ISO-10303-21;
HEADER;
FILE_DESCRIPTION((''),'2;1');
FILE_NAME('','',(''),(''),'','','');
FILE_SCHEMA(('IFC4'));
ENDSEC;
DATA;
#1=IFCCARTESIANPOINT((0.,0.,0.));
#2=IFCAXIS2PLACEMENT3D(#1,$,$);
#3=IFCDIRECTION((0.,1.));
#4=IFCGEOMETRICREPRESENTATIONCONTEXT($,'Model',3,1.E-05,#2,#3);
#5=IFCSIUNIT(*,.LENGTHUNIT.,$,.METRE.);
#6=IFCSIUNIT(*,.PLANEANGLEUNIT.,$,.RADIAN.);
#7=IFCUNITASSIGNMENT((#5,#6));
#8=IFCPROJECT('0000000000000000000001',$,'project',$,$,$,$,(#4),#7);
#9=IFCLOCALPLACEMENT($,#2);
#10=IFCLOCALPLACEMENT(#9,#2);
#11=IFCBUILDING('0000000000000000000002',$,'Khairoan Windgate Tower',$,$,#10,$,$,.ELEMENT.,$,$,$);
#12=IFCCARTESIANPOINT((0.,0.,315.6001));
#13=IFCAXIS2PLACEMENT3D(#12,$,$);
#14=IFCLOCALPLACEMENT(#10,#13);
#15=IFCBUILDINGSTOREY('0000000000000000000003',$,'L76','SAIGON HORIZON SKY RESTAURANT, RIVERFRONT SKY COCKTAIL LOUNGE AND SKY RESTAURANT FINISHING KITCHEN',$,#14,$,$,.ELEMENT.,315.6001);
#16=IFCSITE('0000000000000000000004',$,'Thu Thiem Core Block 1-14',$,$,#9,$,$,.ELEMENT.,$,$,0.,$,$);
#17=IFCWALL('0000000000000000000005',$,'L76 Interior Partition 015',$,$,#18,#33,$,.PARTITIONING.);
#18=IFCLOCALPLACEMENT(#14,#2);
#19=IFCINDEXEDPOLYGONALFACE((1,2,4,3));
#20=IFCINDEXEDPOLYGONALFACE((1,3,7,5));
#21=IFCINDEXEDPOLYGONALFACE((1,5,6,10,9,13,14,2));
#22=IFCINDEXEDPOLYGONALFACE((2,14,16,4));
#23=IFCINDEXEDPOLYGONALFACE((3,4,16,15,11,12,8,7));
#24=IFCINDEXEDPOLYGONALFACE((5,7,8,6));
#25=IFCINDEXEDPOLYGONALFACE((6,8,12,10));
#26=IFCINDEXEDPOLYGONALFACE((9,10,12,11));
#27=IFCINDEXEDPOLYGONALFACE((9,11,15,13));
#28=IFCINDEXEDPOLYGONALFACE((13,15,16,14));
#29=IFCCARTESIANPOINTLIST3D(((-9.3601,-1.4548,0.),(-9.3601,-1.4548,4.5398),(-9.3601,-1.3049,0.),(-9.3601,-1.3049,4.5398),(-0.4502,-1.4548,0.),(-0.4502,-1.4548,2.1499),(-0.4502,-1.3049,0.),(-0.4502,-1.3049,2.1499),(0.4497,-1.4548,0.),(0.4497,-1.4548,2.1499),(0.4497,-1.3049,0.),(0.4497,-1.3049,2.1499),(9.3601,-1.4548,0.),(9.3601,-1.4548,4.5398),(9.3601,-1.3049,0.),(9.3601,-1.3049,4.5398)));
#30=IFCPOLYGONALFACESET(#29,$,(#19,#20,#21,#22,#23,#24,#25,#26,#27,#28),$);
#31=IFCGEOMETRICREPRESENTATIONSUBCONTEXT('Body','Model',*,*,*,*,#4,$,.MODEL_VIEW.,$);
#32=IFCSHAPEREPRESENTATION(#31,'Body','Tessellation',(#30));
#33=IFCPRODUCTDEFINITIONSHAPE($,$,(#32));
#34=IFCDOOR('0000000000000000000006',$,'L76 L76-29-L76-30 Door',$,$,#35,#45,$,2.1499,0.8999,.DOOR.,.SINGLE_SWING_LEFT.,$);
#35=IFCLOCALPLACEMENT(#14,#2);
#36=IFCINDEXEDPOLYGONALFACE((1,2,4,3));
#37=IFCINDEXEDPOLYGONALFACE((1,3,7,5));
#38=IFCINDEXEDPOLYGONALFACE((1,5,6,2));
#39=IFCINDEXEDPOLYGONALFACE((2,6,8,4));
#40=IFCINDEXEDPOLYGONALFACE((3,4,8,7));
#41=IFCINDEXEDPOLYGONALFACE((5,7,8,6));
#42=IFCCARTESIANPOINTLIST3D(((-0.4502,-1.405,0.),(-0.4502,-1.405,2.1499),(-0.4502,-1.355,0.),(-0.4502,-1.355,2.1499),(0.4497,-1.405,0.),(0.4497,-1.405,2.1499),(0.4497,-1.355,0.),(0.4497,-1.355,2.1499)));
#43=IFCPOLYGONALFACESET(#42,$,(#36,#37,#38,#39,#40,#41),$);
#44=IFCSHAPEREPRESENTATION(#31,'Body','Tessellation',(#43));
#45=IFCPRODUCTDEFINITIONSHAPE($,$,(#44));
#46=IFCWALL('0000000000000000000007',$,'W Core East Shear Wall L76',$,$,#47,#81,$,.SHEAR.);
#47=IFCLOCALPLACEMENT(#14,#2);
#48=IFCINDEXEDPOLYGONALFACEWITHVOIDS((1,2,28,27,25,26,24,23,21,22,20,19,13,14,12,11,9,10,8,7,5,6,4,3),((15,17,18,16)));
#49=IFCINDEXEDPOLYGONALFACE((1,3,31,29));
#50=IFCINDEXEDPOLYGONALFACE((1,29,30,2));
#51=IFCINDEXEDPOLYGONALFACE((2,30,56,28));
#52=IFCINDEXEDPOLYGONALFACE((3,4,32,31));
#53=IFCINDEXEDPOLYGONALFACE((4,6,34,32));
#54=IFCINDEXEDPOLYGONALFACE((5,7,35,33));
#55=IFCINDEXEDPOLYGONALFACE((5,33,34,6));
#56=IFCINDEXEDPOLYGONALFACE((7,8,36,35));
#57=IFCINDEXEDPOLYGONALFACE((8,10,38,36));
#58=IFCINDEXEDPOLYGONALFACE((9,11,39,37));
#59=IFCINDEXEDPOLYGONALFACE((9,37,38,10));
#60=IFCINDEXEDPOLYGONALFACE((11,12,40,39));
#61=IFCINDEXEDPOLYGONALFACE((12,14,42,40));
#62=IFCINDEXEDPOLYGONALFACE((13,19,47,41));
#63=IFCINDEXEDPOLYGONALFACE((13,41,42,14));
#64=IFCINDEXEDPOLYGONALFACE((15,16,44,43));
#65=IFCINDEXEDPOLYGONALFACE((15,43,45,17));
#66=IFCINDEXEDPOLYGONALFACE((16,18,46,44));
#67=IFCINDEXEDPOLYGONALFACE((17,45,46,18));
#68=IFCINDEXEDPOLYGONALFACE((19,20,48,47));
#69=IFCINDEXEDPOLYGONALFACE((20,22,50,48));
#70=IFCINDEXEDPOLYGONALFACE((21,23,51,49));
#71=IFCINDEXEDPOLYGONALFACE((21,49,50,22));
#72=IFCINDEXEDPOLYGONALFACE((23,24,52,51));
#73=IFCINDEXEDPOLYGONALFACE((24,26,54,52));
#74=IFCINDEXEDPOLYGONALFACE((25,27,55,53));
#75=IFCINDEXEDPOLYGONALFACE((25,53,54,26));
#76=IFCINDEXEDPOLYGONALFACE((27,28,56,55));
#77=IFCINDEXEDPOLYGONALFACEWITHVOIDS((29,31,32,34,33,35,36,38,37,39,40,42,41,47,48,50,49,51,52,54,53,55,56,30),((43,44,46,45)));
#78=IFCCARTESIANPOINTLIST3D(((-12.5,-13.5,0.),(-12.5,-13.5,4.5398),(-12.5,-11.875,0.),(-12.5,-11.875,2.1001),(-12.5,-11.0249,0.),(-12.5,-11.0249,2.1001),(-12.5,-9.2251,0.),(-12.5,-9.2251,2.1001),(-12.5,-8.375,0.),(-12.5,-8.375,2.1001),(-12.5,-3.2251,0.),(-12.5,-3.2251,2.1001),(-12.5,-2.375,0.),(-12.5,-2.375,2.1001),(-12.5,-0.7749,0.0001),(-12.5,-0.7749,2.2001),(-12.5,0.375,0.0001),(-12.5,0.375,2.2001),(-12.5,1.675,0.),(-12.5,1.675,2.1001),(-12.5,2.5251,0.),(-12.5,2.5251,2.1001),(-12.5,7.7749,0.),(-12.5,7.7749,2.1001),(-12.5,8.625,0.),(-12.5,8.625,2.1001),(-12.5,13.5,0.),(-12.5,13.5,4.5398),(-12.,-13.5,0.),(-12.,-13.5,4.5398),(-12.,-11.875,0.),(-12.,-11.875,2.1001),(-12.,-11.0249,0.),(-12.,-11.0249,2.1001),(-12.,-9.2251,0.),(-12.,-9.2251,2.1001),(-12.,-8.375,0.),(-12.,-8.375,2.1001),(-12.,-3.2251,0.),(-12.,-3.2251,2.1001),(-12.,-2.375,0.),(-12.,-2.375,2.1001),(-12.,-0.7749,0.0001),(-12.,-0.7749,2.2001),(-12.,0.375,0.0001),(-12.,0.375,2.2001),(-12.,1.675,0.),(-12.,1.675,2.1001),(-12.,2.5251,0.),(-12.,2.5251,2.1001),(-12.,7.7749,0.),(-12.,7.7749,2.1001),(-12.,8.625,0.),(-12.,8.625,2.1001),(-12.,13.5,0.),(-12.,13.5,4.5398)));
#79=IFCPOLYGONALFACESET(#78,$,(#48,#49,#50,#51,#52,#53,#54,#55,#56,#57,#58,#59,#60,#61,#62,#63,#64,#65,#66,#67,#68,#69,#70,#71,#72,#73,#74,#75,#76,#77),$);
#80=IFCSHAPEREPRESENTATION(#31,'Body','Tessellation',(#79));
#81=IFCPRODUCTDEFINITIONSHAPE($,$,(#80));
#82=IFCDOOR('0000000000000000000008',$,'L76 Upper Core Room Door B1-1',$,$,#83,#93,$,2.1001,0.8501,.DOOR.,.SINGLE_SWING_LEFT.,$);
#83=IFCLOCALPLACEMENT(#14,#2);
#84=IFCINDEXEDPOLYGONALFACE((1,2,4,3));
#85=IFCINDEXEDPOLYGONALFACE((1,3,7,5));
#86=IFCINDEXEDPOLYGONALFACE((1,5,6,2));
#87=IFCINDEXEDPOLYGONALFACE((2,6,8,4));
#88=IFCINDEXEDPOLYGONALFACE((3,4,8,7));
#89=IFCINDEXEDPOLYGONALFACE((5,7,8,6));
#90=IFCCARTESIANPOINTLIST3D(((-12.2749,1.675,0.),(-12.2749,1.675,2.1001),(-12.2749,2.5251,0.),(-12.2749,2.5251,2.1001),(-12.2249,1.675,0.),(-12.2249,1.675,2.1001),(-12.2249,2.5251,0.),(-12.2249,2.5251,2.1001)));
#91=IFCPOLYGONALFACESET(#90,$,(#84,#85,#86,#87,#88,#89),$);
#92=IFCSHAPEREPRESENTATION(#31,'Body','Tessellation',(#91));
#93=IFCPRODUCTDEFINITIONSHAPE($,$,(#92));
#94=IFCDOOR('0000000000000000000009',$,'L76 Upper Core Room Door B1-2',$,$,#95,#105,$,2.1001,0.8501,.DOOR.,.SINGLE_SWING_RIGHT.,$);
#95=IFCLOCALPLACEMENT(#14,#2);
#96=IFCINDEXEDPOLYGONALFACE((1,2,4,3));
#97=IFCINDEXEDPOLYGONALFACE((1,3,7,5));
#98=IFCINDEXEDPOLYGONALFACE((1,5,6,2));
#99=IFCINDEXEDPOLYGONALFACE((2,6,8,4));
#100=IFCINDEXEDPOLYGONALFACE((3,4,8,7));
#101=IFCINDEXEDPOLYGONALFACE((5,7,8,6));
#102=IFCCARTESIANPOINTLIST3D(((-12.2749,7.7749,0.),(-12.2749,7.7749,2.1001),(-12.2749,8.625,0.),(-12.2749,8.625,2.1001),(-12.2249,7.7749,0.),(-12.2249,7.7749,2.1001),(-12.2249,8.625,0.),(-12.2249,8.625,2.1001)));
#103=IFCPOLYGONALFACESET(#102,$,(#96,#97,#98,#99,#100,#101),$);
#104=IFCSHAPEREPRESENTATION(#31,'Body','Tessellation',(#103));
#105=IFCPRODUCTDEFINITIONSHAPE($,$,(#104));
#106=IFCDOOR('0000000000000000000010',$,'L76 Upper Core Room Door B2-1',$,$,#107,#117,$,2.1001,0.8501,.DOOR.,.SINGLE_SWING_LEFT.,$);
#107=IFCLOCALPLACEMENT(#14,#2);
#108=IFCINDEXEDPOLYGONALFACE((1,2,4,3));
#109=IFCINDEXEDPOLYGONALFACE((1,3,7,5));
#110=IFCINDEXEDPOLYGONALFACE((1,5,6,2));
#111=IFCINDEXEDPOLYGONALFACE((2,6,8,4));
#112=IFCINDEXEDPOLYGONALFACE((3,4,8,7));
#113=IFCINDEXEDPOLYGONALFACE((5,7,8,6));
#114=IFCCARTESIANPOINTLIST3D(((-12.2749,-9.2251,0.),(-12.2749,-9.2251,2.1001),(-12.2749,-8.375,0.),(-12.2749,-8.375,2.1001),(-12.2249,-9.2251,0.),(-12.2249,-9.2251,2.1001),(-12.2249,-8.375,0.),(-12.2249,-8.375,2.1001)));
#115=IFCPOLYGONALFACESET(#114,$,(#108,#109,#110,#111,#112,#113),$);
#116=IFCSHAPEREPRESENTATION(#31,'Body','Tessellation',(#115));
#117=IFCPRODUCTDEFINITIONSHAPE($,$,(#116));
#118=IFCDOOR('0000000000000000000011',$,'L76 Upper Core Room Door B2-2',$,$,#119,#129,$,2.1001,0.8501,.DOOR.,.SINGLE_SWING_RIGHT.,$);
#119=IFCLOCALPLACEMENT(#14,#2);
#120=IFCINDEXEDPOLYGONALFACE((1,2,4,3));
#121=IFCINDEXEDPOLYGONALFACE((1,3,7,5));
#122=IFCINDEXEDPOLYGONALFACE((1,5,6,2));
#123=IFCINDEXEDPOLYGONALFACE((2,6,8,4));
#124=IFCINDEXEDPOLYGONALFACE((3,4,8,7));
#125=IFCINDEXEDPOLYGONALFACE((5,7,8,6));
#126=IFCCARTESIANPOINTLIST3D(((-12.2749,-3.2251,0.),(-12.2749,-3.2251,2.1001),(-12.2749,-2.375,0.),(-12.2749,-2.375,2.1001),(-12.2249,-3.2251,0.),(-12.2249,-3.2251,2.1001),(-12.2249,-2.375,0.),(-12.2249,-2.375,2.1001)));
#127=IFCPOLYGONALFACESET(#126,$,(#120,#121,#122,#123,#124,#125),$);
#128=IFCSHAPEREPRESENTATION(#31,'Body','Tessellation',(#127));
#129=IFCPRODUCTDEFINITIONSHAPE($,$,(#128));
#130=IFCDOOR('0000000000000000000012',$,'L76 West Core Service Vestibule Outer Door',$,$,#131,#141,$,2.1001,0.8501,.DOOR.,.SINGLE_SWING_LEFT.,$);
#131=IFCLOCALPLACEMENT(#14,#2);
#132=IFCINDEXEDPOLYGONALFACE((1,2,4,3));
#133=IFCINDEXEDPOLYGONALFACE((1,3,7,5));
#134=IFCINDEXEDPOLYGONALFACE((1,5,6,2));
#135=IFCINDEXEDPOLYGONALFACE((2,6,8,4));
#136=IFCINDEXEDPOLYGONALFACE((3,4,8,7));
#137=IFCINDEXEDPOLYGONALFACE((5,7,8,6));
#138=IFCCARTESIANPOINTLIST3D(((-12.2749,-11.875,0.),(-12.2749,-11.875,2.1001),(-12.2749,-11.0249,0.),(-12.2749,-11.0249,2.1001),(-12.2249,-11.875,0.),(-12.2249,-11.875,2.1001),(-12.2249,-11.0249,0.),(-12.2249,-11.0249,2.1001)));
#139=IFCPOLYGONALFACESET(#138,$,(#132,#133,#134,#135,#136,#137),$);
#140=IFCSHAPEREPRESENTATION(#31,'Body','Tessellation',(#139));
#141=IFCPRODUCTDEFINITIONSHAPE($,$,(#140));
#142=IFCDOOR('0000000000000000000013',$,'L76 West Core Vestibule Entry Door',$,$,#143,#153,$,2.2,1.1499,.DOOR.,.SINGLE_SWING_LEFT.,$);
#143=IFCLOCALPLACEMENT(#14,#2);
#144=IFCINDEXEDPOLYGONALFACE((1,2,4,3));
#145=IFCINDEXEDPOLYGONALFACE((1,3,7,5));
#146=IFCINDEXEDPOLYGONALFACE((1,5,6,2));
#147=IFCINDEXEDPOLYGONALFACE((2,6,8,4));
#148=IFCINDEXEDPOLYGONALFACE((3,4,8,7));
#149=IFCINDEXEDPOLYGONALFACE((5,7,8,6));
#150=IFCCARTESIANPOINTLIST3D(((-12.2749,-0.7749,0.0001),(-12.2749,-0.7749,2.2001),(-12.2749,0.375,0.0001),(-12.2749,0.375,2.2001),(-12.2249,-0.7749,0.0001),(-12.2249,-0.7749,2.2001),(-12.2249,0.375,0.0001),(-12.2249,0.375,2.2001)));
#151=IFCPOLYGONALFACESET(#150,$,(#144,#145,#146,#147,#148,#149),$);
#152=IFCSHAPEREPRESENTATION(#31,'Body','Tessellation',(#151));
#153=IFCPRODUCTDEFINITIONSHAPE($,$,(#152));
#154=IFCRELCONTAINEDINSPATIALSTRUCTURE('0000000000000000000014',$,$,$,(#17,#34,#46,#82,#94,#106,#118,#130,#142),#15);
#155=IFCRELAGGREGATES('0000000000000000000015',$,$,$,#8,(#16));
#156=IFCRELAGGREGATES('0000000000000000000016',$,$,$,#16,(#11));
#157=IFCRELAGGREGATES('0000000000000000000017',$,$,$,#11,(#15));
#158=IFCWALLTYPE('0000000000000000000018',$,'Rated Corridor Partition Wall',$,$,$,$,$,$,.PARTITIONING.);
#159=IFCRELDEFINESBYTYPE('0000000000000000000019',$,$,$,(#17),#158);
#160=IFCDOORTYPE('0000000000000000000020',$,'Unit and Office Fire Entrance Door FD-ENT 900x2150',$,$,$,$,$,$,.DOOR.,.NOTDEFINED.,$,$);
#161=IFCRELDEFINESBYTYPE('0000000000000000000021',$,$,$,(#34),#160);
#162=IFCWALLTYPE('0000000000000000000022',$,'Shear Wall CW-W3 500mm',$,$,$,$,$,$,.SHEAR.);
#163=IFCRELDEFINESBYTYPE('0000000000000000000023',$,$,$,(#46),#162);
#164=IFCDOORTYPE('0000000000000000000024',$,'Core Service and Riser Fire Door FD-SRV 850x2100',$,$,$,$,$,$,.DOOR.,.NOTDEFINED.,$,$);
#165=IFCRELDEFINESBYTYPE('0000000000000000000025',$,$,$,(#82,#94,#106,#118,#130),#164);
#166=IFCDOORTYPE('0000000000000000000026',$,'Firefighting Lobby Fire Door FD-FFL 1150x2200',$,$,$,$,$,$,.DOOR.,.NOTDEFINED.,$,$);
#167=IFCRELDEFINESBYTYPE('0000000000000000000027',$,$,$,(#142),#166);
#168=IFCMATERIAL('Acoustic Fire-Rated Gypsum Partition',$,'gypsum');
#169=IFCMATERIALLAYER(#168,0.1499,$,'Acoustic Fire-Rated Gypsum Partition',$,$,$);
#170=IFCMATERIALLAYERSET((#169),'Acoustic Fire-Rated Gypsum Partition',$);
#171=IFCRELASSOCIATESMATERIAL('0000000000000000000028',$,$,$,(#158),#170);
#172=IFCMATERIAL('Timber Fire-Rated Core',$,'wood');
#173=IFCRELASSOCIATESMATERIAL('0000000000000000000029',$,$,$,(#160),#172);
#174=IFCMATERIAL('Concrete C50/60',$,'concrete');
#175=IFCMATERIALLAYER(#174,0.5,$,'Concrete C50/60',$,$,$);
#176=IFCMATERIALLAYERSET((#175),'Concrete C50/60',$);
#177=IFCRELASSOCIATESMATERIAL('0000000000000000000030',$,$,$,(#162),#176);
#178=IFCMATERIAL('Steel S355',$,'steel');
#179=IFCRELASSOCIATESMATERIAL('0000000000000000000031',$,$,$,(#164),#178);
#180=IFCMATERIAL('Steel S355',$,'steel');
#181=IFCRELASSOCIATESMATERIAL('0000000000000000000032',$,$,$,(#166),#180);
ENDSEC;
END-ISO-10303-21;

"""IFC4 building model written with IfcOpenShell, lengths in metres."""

from ifc_helpers import new_model, si_unit, direction, frame, frame_2d, origin, place, context, subcontext, project, spatial, rectangle, extrude, material, layer, layer_set, type_object, element, fill, save


model = new_model("IFC4")

# Units and contexts
model_context = context("Model", 3, precision=1e-05, world=origin(), true_north=direction((0.0, 1.0)))
body_context = subcontext(model_context, "Body", "Model", "MODEL_VIEW")
ifc_project = project(units=[si_unit("LENGTHUNIT", "METRE"), si_unit("PLANEANGLEUNIT", "RADIAN")], contexts=[model_context])

# Site, building, storey
site_placement = place(None, origin())
site = spatial("IfcSite", under=ifc_project, at=site_placement, Name="Thu Thiem Core Block 1-14", CompositionType="ELEMENT", RefElevation=0.0)
building_placement = place(site_placement, origin())
building = spatial("IfcBuilding", under=site, at=building_placement, Name="Khairoan Windgate Tower", CompositionType="ELEMENT")
storey_placement = place(building_placement, frame((0.0, 0.0, 315.6001)))
storey = spatial("IfcBuildingStorey", under=building, at=storey_placement, Name="L76", Description="SAIGON HORIZON SKY RESTAURANT, RIVERFRONT SKY COCKTAIL LOUNGE AND SKY RESTAURANT FINISHING KITCHEN", CompositionType="ELEMENT", Elevation=315.6001)

# Wall, opening, door
ifc_material_1 = material(Name="Acoustic Fire-Rated Gypsum Partition", Category="gypsum")
ifc_layer_1 = layer(ifc_material_1, 0.1499, Name="Acoustic Fire-Rated Gypsum Partition")
ifc_layer_set_1 = layer_set([ifc_layer_1], Name="Acoustic Fire-Rated Gypsum Partition")
wall_type_1 = type_object("IfcWallType", Name="Rated Corridor Partition Wall", PredefinedType="PARTITIONING", material=ifc_layer_set_1)
ifc_material_2 = material(Name="Timber Fire-Rated Core", Category="wood")
door_type_1 = type_object("IfcDoorType", Name="Unit and Office Fire Entrance Door FD-ENT 900x2150", OperationType="NOTDEFINED", PredefinedType="DOOR", material=ifc_material_2)
wall_1_placement = place(storey_placement, frame((-9.3601, -1.3799, 0.0), z_axis=(0.0, 0.0, 1.0), x_axis=(1.0, 0.0, 0.0)))
wall_1 = element("IfcWall", 1, at=wall_1_placement, inside=storey, type_object=wall_type_1, Name="L76 Interior Partition 015", PredefinedType="PARTITIONING", context=body_context, shape_type="SweptSolid", body=[
    extrude(rectangle(XDim=18.7202, YDim=0.1499, at=frame_2d((9.3601, 0.0))), origin(), (0.0, 0.0, 1.0), 4.5398),
])
opening_1_placement = place(wall_1_placement, frame((8.9099, 0.0, 0.0)))
opening_1 = element("IfcOpeningElement", 2, at=opening_1_placement, cuts=wall_1, PredefinedType="OPENING", context=body_context, shape_type="SweptSolid", body=[
    extrude(rectangle(XDim=0.8999, YDim=2.1499, at=frame_2d((0.45, 1.075))), frame((0.0, 0.085, 0.0), z_axis=(0.0, -1.0, 0.0), x_axis=(1.0, 0.0, 0.0)), (0.0, 0.0, 1.0), 0.1699),
])
door_1_placement = place(opening_1_placement, origin())
door_1 = element("IfcDoor", 3, at=door_1_placement, inside=storey, type_object=door_type_1, Name="L76 L76-29-L76-30 Door", OperationType="SINGLE_SWING_LEFT", OverallHeight=2.1499, OverallWidth=0.8999, PredefinedType="DOOR", context=body_context, shape_type="SweptSolid", body=[
    extrude(rectangle(XDim=0.8999, YDim=2.1499, at=frame_2d((0.45, 1.075))), frame((0.0, 0.0249, 0.0), z_axis=(0.0, -1.0, 0.0), x_axis=(1.0, 0.0, 0.0)), (0.0, 0.0, 1.0), 0.05),
])
fill(opening_1, door_1)

# Wall, openings, doors
ifc_material_3 = material(Name="Concrete C50/60", Category="concrete")
ifc_layer_2 = layer(ifc_material_3, 0.5, Name="Concrete C50/60")
ifc_layer_set_2 = layer_set([ifc_layer_2], Name="Concrete C50/60")
wall_type_2 = type_object("IfcWallType", Name="Shear Wall CW-W3 500mm", PredefinedType="SHEAR", material=ifc_layer_set_2)
wall_2_placement = place(storey_placement, frame((-12.25, -13.5, 0.0), z_axis=(0.0, 0.0, 1.0), x_axis=(0.0, 1.0, 0.0)))
wall_2 = element("IfcWall", 4, at=wall_2_placement, inside=storey, type_object=wall_type_2, Name="W Core East Shear Wall L76", PredefinedType="SHEAR", context=body_context, shape_type="SweptSolid", body=[
    extrude(rectangle(XDim=27.0, YDim=0.5, at=frame_2d((13.5, 0.0))), origin(), (0.0, 0.0, 1.0), 4.5398),
])
opening_2_placement = place(wall_2_placement, frame((15.175, 0.0, 0.0)))
opening_2 = element("IfcOpeningElement", 5, at=opening_2_placement, cuts=wall_2, PredefinedType="OPENING", context=body_context, shape_type="SweptSolid", body=[
    extrude(rectangle(XDim=0.8501, YDim=2.1001, at=frame_2d((0.425, 1.05))), frame((0.0, 0.26, 0.0), z_axis=(0.0, -1.0, 0.0), x_axis=(1.0, 0.0, 0.0)), (0.0, 0.0, 1.0), 0.52),
])
opening_3_placement = place(wall_2_placement, frame((21.2749, 0.0, 0.0)))
opening_3 = element("IfcOpeningElement", 6, at=opening_3_placement, cuts=wall_2, PredefinedType="OPENING", context=body_context, shape_type="SweptSolid", body=[
    extrude(rectangle(XDim=0.8501, YDim=2.1001, at=frame_2d((0.425, 1.05))), frame((0.0, 0.26, 0.0), z_axis=(0.0, -1.0, 0.0), x_axis=(1.0, 0.0, 0.0)), (0.0, 0.0, 1.0), 0.52),
])
opening_4_placement = place(wall_2_placement, frame((4.2749, 0.0, 0.0)))
opening_4 = element("IfcOpeningElement", 7, at=opening_4_placement, cuts=wall_2, PredefinedType="OPENING", context=body_context, shape_type="SweptSolid", body=[
    extrude(rectangle(XDim=0.8501, YDim=2.1001, at=frame_2d((0.425, 1.05))), frame((0.0, 0.26, 0.0), z_axis=(0.0, -1.0, 0.0), x_axis=(1.0, 0.0, 0.0)), (0.0, 0.0, 1.0), 0.52),
])
opening_5_placement = place(wall_2_placement, frame((10.2749, 0.0, 0.0)))
opening_5 = element("IfcOpeningElement", 8, at=opening_5_placement, cuts=wall_2, PredefinedType="OPENING", context=body_context, shape_type="SweptSolid", body=[
    extrude(rectangle(XDim=0.8501, YDim=2.1001, at=frame_2d((0.425, 1.05))), frame((0.0, 0.26, 0.0), z_axis=(0.0, -1.0, 0.0), x_axis=(1.0, 0.0, 0.0)), (0.0, 0.0, 1.0), 0.52),
])
opening_6_placement = place(wall_2_placement, frame((12.7251, 0.0, 0.0)))
opening_6 = element("IfcOpeningElement", 9, at=opening_6_placement, cuts=wall_2, PredefinedType="OPENING", context=body_context, shape_type="SweptSolid", body=[
    extrude(rectangle(XDim=1.1499, YDim=2.2, at=frame_2d((0.575, 1.1001))), frame((0.0, 0.26, 0.0), z_axis=(0.0, -1.0, 0.0), x_axis=(1.0, 0.0, 0.0)), (0.0, 0.0, 1.0), 0.52),
])
opening_7_placement = place(wall_2_placement, frame((1.625, 0.0, 0.0)))
opening_7 = element("IfcOpeningElement", 10, at=opening_7_placement, cuts=wall_2, PredefinedType="OPENING", context=body_context, shape_type="SweptSolid", body=[
    extrude(rectangle(XDim=0.8501, YDim=2.1001, at=frame_2d((0.425, 1.05))), frame((0.0, 0.26, 0.0), z_axis=(0.0, -1.0, 0.0), x_axis=(1.0, 0.0, 0.0)), (0.0, 0.0, 1.0), 0.52),
])
ifc_material_4 = material(Name="Steel S355", Category="steel")
door_type_2 = type_object("IfcDoorType", Name="Core Service and Riser Fire Door FD-SRV 850x2100", OperationType="NOTDEFINED", PredefinedType="DOOR", material=ifc_material_4)
door_2_placement = place(opening_2_placement, origin())
door_2 = element("IfcDoor", 11, at=door_2_placement, inside=storey, type_object=door_type_2, Name="L76 Upper Core Room Door B1-1", OperationType="SINGLE_SWING_LEFT", OverallHeight=2.1001, OverallWidth=0.8501, PredefinedType="DOOR", context=body_context, shape_type="SweptSolid", body=[
    extrude(rectangle(XDim=0.8501, YDim=2.1001, at=frame_2d((0.425, 1.05))), frame((0.0, 0.0249, 0.0), z_axis=(0.0, -1.0, 0.0), x_axis=(1.0, 0.0, 0.0)), (0.0, 0.0, 1.0), 0.05),
])
fill(opening_2, door_2)
door_3_placement = place(opening_3_placement, origin())
door_3 = element("IfcDoor", 12, at=door_3_placement, inside=storey, type_object=door_type_2, Name="L76 Upper Core Room Door B1-2", OperationType="SINGLE_SWING_RIGHT", OverallHeight=2.1001, OverallWidth=0.8501, PredefinedType="DOOR", context=body_context, shape_type="SweptSolid", body=[
    extrude(rectangle(XDim=0.8501, YDim=2.1001, at=frame_2d((0.425, 1.05))), frame((0.0, 0.0249, 0.0), z_axis=(0.0, -1.0, 0.0), x_axis=(1.0, 0.0, 0.0)), (0.0, 0.0, 1.0), 0.05),
])
fill(opening_3, door_3)
door_4_placement = place(opening_4_placement, origin())
door_4 = element("IfcDoor", 13, at=door_4_placement, inside=storey, type_object=door_type_2, Name="L76 Upper Core Room Door B2-1", OperationType="SINGLE_SWING_LEFT", OverallHeight=2.1001, OverallWidth=0.8501, PredefinedType="DOOR", context=body_context, shape_type="SweptSolid", body=[
    extrude(rectangle(XDim=0.8501, YDim=2.1001, at=frame_2d((0.425, 1.05))), frame((0.0, 0.0249, 0.0), z_axis=(0.0, -1.0, 0.0), x_axis=(1.0, 0.0, 0.0)), (0.0, 0.0, 1.0), 0.05),
])
fill(opening_4, door_4)
door_5_placement = place(opening_5_placement, origin())
door_5 = element("IfcDoor", 14, at=door_5_placement, inside=storey, type_object=door_type_2, Name="L76 Upper Core Room Door B2-2", OperationType="SINGLE_SWING_RIGHT", OverallHeight=2.1001, OverallWidth=0.8501, PredefinedType="DOOR", context=body_context, shape_type="SweptSolid", body=[
    extrude(rectangle(XDim=0.8501, YDim=2.1001, at=frame_2d((0.425, 1.05))), frame((0.0, 0.0249, 0.0), z_axis=(0.0, -1.0, 0.0), x_axis=(1.0, 0.0, 0.0)), (0.0, 0.0, 1.0), 0.05),
])
fill(opening_5, door_5)
door_6_placement = place(opening_7_placement, origin())
door_6 = element("IfcDoor", 15, at=door_6_placement, inside=storey, type_object=door_type_2, Name="L76 West Core Service Vestibule Outer Door", OperationType="SINGLE_SWING_LEFT", OverallHeight=2.1001, OverallWidth=0.8501, PredefinedType="DOOR", context=body_context, shape_type="SweptSolid", body=[
    extrude(rectangle(XDim=0.8501, YDim=2.1001, at=frame_2d((0.425, 1.05))), frame((0.0, 0.0249, 0.0), z_axis=(0.0, -1.0, 0.0), x_axis=(1.0, 0.0, 0.0)), (0.0, 0.0, 1.0), 0.05),
])
fill(opening_7, door_6)
ifc_material_5 = material(Name="Steel S355", Category="steel")
door_type_3 = type_object("IfcDoorType", Name="Firefighting Lobby Fire Door FD-FFL 1150x2200", OperationType="NOTDEFINED", PredefinedType="DOOR", material=ifc_material_5)
door_7_placement = place(opening_6_placement, origin())
door_7 = element("IfcDoor", 16, at=door_7_placement, inside=storey, type_object=door_type_3, Name="L76 West Core Vestibule Entry Door", OperationType="SINGLE_SWING_LEFT", OverallHeight=2.2, OverallWidth=1.1499, PredefinedType="DOOR", context=body_context, shape_type="SweptSolid", body=[
    extrude(rectangle(XDim=1.1499, YDim=2.2, at=frame_2d((0.575, 1.1001))), frame((0.0, 0.0249, 0.0), z_axis=(0.0, -1.0, 0.0), x_axis=(1.0, 0.0, 0.0)), (0.0, 0.0, 1.0), 0.05),
])
fill(opening_6, door_7)

save(model, "model.ifc")
